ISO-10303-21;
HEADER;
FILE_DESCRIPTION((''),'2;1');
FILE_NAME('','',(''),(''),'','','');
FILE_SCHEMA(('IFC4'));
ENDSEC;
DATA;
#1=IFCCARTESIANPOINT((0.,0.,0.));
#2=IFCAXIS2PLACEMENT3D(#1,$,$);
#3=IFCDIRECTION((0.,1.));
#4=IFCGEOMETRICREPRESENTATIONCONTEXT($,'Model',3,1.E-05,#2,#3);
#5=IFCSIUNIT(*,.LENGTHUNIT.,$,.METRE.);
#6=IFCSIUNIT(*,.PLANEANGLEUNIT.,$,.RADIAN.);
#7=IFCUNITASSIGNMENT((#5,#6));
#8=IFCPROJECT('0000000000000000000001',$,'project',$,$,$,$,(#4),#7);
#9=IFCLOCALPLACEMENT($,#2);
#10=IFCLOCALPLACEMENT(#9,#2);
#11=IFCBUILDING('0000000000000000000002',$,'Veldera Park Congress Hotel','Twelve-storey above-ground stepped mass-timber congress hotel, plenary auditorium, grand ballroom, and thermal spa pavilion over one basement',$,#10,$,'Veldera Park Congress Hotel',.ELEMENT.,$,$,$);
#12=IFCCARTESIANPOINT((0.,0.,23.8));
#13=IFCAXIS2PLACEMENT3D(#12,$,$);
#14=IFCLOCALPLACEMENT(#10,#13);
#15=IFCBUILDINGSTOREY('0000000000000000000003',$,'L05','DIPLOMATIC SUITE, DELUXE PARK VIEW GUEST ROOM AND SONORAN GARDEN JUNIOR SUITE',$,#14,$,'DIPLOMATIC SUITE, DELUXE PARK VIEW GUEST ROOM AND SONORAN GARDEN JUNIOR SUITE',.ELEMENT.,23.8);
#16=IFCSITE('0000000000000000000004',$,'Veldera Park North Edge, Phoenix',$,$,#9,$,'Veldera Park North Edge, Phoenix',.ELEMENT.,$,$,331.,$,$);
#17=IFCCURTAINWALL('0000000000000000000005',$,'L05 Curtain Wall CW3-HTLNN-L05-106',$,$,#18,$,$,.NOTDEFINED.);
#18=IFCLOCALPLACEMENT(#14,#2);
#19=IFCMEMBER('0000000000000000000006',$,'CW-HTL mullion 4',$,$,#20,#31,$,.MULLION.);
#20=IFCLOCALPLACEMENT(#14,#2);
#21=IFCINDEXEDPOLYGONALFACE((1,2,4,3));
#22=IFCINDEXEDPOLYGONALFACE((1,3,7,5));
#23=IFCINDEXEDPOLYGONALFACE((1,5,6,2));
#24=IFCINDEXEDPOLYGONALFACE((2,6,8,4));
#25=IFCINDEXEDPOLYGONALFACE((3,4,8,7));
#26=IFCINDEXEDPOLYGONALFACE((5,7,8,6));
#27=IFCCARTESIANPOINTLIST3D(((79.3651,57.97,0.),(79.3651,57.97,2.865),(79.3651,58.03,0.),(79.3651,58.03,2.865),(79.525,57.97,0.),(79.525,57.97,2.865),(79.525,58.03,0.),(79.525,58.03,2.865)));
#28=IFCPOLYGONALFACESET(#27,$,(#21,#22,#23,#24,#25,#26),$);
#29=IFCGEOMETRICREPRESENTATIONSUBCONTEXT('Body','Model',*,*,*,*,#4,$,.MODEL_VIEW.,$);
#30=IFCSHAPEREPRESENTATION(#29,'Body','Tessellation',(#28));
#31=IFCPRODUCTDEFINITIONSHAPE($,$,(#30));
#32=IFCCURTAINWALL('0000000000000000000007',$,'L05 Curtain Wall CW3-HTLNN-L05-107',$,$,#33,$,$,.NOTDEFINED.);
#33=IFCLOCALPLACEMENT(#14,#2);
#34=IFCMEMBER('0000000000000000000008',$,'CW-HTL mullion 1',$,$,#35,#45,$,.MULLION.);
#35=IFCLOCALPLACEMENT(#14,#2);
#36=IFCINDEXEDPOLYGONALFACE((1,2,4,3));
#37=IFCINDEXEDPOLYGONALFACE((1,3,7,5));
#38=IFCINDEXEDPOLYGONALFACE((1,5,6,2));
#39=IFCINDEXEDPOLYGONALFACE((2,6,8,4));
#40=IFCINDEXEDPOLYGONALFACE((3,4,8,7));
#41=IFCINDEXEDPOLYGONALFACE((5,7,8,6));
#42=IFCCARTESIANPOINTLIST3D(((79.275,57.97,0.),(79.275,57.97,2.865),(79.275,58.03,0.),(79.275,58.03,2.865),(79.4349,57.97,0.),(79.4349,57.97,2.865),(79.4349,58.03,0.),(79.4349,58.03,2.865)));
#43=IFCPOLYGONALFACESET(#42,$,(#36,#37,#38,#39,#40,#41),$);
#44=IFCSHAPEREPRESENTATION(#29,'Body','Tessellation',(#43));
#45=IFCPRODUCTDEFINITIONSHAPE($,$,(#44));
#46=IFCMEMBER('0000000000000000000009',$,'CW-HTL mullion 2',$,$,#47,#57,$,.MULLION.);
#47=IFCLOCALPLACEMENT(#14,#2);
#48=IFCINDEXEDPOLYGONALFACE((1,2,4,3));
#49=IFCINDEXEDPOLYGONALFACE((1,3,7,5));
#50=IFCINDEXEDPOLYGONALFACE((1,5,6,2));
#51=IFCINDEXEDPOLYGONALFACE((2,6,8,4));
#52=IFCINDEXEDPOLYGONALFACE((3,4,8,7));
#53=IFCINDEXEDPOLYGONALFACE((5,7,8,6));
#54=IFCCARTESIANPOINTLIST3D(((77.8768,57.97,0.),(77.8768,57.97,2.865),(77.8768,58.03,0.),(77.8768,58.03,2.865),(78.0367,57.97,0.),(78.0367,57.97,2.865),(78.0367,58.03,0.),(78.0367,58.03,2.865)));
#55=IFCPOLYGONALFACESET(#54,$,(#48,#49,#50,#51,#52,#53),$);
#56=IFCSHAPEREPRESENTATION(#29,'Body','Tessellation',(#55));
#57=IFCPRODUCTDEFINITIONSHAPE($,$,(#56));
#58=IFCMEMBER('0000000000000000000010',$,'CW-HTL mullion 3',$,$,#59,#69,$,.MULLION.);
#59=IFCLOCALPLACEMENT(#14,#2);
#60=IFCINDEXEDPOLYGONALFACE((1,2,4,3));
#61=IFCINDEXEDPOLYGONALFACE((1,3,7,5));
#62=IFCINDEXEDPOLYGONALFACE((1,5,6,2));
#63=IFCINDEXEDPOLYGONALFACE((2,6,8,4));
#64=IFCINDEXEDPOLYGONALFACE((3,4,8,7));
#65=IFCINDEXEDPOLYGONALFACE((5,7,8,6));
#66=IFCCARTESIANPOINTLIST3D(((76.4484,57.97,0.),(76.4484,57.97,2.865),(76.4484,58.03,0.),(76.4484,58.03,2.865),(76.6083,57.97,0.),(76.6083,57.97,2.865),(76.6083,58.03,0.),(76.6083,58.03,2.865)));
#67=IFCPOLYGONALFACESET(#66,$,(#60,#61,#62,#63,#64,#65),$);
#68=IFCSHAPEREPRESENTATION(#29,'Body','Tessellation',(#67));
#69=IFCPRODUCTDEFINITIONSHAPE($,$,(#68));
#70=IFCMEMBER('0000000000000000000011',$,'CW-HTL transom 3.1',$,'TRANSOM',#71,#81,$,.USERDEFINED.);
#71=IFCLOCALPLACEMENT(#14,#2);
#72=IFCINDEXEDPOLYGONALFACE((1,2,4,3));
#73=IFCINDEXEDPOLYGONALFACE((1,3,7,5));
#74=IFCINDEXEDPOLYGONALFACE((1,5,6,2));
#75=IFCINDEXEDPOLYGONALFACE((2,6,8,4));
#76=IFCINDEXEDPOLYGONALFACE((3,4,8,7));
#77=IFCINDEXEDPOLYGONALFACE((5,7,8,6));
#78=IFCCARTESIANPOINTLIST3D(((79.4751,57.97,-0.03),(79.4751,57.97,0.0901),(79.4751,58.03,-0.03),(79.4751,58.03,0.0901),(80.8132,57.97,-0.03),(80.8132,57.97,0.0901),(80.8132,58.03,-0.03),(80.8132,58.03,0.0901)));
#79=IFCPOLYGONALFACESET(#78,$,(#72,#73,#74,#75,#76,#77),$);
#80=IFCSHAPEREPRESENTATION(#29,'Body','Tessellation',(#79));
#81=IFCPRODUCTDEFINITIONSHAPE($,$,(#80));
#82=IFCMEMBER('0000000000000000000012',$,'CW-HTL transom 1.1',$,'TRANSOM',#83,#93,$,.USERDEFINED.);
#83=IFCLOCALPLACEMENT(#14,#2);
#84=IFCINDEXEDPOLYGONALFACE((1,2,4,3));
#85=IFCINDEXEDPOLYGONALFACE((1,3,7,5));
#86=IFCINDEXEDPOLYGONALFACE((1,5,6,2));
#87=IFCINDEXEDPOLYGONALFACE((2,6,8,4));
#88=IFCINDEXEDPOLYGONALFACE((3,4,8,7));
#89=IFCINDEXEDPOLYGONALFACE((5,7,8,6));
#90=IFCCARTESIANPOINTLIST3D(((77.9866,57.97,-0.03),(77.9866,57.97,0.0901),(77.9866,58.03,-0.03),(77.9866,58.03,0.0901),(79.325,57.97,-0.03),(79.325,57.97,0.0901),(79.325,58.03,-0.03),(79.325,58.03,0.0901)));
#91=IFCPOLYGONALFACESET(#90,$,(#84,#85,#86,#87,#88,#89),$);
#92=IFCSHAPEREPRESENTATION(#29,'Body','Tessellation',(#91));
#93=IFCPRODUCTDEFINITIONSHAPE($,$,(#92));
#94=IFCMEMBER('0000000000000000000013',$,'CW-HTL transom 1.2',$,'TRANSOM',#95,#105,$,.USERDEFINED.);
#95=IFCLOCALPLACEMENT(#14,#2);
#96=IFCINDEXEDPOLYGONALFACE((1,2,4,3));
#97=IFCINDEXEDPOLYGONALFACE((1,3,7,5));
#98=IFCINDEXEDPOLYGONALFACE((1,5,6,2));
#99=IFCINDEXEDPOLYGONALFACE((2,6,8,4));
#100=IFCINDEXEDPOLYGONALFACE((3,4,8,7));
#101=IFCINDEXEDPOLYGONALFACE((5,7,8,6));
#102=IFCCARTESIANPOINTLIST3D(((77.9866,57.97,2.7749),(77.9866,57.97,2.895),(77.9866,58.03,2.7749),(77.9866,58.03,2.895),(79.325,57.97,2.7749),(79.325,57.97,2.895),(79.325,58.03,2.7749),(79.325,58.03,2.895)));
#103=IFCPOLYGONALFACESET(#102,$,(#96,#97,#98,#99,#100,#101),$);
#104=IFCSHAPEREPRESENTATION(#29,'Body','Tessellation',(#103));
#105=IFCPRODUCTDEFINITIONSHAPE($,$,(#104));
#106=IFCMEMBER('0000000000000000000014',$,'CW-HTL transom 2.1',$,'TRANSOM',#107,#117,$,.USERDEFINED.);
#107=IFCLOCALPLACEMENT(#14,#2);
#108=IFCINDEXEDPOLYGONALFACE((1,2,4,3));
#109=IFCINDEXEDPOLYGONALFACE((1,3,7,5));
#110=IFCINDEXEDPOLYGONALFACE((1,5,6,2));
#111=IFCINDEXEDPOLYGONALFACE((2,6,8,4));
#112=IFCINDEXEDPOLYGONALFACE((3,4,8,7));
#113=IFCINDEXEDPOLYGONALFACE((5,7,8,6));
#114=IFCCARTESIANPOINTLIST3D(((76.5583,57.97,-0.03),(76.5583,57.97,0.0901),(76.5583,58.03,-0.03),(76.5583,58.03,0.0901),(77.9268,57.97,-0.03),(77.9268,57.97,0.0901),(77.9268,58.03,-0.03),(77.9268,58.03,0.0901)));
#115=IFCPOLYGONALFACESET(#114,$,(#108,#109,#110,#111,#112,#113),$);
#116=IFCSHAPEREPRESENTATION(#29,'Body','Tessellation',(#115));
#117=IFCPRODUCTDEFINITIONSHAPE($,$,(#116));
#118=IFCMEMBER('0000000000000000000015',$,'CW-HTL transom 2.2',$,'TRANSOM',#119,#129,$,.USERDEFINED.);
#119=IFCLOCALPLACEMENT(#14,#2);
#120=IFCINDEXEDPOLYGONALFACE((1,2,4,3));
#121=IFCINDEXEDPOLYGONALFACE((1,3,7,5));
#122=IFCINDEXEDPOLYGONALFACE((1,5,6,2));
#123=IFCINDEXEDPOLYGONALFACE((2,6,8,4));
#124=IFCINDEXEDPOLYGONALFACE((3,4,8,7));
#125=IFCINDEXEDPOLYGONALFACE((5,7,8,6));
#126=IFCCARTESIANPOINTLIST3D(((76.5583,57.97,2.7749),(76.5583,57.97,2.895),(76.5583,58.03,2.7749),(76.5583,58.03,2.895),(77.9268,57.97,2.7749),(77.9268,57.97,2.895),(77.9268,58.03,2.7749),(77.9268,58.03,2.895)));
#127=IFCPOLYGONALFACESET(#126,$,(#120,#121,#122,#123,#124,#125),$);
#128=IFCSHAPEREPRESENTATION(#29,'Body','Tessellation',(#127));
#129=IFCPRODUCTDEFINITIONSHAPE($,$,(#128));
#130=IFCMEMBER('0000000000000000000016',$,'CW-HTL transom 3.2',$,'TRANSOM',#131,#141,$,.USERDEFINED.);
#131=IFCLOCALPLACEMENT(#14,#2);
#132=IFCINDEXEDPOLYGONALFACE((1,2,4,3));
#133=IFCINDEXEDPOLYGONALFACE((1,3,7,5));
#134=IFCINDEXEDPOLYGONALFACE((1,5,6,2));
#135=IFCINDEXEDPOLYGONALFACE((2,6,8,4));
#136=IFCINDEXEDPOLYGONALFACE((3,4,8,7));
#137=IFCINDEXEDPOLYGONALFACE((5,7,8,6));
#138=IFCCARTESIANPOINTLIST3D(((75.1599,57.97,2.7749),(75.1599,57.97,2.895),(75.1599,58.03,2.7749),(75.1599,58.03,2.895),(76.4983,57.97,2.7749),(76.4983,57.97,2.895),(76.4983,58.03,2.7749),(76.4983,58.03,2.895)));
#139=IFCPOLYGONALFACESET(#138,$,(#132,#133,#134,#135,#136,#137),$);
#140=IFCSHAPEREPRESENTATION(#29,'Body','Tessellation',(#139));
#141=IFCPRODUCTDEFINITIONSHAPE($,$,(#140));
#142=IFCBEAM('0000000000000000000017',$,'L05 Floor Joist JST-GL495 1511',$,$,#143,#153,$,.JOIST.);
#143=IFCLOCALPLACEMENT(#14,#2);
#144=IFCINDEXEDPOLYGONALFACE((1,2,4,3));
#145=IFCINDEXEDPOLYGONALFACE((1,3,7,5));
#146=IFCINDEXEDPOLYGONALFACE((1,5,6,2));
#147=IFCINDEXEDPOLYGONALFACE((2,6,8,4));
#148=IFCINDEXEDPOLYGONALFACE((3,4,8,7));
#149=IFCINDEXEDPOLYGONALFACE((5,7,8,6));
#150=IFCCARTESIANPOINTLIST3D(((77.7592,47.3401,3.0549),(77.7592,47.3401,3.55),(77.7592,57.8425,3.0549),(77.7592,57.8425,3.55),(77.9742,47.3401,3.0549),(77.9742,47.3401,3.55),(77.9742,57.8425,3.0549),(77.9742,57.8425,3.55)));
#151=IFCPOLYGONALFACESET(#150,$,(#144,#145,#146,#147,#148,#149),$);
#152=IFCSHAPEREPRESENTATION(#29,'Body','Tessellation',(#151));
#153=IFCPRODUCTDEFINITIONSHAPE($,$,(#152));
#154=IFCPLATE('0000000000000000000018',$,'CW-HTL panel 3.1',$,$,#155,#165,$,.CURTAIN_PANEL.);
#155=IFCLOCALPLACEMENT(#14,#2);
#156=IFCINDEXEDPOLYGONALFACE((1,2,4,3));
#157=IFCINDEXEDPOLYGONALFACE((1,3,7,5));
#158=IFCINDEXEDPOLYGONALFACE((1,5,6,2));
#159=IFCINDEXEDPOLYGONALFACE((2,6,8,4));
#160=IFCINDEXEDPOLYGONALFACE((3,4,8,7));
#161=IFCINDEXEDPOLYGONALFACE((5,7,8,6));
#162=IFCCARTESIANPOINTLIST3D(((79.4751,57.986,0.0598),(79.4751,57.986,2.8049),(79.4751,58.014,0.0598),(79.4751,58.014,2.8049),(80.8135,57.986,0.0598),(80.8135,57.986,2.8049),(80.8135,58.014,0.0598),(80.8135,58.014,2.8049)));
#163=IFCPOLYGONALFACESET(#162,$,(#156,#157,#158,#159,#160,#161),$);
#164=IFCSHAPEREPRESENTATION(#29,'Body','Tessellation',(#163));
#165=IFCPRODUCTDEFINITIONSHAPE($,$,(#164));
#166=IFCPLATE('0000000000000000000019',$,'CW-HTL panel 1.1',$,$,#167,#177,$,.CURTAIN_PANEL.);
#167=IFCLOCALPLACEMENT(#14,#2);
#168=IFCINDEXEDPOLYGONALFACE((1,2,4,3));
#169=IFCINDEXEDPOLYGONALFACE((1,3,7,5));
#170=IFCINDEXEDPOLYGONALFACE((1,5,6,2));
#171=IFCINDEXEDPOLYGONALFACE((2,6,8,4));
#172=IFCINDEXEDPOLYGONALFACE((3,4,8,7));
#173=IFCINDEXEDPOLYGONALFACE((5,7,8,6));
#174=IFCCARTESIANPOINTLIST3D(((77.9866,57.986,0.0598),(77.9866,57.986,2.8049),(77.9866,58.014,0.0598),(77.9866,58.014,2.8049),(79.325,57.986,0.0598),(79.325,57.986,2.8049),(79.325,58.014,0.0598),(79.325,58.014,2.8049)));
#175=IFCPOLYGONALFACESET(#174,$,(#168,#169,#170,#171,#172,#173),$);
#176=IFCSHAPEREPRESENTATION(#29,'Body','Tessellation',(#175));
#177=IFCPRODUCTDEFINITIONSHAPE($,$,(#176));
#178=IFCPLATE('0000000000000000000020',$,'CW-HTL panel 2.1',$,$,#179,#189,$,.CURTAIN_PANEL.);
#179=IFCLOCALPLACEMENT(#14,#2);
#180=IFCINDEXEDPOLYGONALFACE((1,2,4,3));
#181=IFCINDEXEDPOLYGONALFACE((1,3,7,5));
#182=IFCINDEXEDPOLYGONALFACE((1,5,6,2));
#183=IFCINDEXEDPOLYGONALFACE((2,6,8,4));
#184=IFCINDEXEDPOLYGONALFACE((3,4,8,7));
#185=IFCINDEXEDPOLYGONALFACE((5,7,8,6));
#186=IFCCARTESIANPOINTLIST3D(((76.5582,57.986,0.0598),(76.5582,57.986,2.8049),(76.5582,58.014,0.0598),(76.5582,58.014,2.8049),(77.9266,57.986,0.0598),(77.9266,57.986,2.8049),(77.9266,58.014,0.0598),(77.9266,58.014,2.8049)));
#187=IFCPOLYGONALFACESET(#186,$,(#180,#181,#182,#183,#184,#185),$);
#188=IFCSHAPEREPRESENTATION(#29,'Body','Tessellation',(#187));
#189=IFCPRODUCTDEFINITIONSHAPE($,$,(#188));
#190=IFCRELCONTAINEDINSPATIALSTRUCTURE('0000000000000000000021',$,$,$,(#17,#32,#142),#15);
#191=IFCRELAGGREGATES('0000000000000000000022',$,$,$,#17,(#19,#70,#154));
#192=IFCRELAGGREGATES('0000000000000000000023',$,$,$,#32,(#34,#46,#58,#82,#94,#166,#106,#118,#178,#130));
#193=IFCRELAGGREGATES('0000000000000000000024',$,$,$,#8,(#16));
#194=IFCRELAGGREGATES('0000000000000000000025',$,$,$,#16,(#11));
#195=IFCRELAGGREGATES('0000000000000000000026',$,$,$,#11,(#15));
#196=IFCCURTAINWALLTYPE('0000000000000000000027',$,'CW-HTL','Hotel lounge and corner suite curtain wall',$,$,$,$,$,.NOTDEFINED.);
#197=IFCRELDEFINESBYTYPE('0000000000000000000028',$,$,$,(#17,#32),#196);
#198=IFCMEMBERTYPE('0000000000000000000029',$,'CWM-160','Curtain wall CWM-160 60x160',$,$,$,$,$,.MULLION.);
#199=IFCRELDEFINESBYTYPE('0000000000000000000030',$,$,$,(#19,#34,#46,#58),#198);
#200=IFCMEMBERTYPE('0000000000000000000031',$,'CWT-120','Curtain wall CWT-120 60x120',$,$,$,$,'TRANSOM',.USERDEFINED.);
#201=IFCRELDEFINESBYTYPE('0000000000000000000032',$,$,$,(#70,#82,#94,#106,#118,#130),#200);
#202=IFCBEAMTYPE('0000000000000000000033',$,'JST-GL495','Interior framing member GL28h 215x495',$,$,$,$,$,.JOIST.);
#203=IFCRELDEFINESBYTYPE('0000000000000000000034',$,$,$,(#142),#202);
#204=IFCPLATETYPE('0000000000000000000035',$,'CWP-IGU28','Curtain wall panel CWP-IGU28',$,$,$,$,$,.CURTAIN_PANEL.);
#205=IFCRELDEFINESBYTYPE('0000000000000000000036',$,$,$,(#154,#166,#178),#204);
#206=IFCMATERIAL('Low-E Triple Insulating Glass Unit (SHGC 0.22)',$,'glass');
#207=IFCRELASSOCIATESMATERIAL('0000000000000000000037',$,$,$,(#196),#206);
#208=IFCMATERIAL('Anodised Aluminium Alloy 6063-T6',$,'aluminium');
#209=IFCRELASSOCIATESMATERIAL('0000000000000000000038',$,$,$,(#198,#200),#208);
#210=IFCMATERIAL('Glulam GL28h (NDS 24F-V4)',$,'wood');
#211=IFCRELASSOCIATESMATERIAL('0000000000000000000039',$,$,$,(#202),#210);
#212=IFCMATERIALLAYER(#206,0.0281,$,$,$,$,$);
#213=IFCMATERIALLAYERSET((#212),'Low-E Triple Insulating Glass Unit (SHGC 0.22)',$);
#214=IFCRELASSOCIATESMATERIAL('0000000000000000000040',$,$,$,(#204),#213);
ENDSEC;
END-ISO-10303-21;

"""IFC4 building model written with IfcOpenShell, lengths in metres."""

from ifc_helpers import new_model, si_unit, direction, frame, origin, origin_2d, place, context, subcontext, project, spatial, rectangle, extrude, material, layer, layer_set, material_profile, profile_set, type_object, element, aggregate, save


model = new_model("IFC4")

# Units and contexts
model_context = context("Model", 3, precision=1e-05, world=origin(), true_north=direction((0.0, 1.0)))
body_context = subcontext(model_context, "Body", "Model", "MODEL_VIEW")
ifc_project = project(units=[si_unit("LENGTHUNIT", "METRE"), si_unit("PLANEANGLEUNIT", "RADIAN")], contexts=[model_context])

# Site, building, storey
site_placement = place(None, origin())
site = spatial("IfcSite", under=ifc_project, at=site_placement, Name="Veldera Park North Edge, Phoenix", LongName="Veldera Park North Edge, Phoenix", CompositionType="ELEMENT", RefElevation=331.0)
building_placement = place(site_placement, origin())
building = spatial("IfcBuilding", under=site, at=building_placement, Name="Veldera Park Congress Hotel", Description="Twelve-storey above-ground stepped mass-timber congress hotel, plenary auditorium, grand ballroom, and thermal spa pavilion over one basement", LongName="Veldera Park Congress Hotel", CompositionType="ELEMENT")
storey_placement = place(building_placement, frame((0.0, 0.0, 23.8)))
storey = spatial("IfcBuildingStorey", under=building, at=storey_placement, Name="L05", Description="DIPLOMATIC SUITE, DELUXE PARK VIEW GUEST ROOM AND SONORAN GARDEN JUNIOR SUITE", LongName="DIPLOMATIC SUITE, DELUXE PARK VIEW GUEST ROOM AND SONORAN GARDEN JUNIOR SUITE", CompositionType="ELEMENT", Elevation=23.8)

# Curtain wall, member
ifc_material_1 = material(Name="Low-E Triple Insulating Glass Unit (SHGC 0.22)", Category="glass")
curtain_wall_type = type_object("IfcCurtainWallType", Name="CW-HTL", Description="Hotel lounge and corner suite curtain wall", PredefinedType="NOTDEFINED", material=ifc_material_1)
curtain_wall_1_placement = place(storey_placement, origin())
curtain_wall_1 = element("IfcCurtainWall", 1, at=curtain_wall_1_placement, inside=storey, type_object=curtain_wall_type, Name="L05 Curtain Wall CW3-HTLNN-L05-106", PredefinedType="NOTDEFINED")
ifc_material_2 = material(Name="Anodised Aluminium Alloy 6063-T6", Category="aluminium")
ifc_material_profile_1 = material_profile(ifc_material_2, rectangle(XDim=0.0601, YDim=0.1599, at=origin_2d()), Name="ALU 60x160")
ifc_profile_set_1 = profile_set([ifc_material_profile_1], Name="Anodised Aluminium Alloy 6063-T6")
member_type_1 = type_object("IfcMemberType", Name="CWM-160", Description="Curtain wall CWM-160 60x160", PredefinedType="MULLION", material=ifc_profile_set_1)
member_1_placement = place(storey_placement, frame((79.4451, 58.0, 0.0), z_axis=(0.0, 0.0, 1.0), x_axis=(0.0, -1.0, 0.0)))
member_1 = element("IfcMember", 2, at=member_1_placement, type_object=member_type_1, Name="CW-HTL mullion 4", PredefinedType="MULLION", context=body_context, shape_type="SweptSolid", body=[
    extrude(rectangle(XDim=0.0601, YDim=0.1599, at=origin_2d()), origin(), (0.0, 0.0, 1.0), 2.865),
])

# Curtain wall, members
curtain_wall_2_placement = place(storey_placement, origin())
curtain_wall_2 = element("IfcCurtainWall", 3, at=curtain_wall_2_placement, inside=storey, type_object=curtain_wall_type, Name="L05 Curtain Wall CW3-HTLNN-L05-107", PredefinedType="NOTDEFINED")
member_2_placement = place(storey_placement, frame((79.355, 58.0, 0.0), z_axis=(0.0, 0.0, 1.0), x_axis=(0.0, -1.0, 0.0)))
member_2 = element("IfcMember", 4, at=member_2_placement, type_object=member_type_1, Name="CW-HTL mullion 1", PredefinedType="MULLION", context=body_context, shape_type="SweptSolid", body=[
    extrude(rectangle(XDim=0.0601, YDim=0.1599, at=origin_2d()), origin(), (0.0, 0.0, 1.0), 2.865),
])
member_3_placement = place(storey_placement, frame((77.9568, 58.0, 0.0), z_axis=(0.0, 0.0, 1.0), x_axis=(0.0, -1.0, 0.0)))
member_3 = element("IfcMember", 5, at=member_3_placement, type_object=member_type_1, Name="CW-HTL mullion 2", PredefinedType="MULLION", context=body_context, shape_type="SweptSolid", body=[
    extrude(rectangle(XDim=0.0601, YDim=0.1599, at=origin_2d()), origin(), (0.0, 0.0, 1.0), 2.865),
])
member_4_placement = place(storey_placement, frame((76.5283, 58.0, 0.0), z_axis=(0.0, 0.0, 1.0), x_axis=(0.0, -1.0, 0.0)))
member_4 = element("IfcMember", 6, at=member_4_placement, type_object=member_type_1, Name="CW-HTL mullion 3", PredefinedType="MULLION", context=body_context, shape_type="SweptSolid", body=[
    extrude(rectangle(XDim=0.0601, YDim=0.1599, at=origin_2d()), origin(), (0.0, 0.0, 1.0), 2.865),
])

# Members
ifc_material_profile_2 = material_profile(ifc_material_2, rectangle(XDim=0.0601, YDim=0.1201, at=origin_2d()), Name="ALU 60x120")
ifc_profile_set_2 = profile_set([ifc_material_profile_2], Name="Anodised Aluminium Alloy 6063-T6")
member_type_2 = type_object("IfcMemberType", Name="CWT-120", Description="Curtain wall CWT-120 60x120", ElementType="TRANSOM", PredefinedType="USERDEFINED", material=ifc_profile_set_2)
member_5_placement = place(storey_placement, frame((80.8132, 58.0, 0.03), z_axis=(-1.0, 0.0, 0.0), x_axis=(0.0, -1.0, 0.0)))
member_5 = element("IfcMember", 7, at=member_5_placement, type_object=member_type_2, Name="CW-HTL transom 3.1", ObjectType="TRANSOM", PredefinedType="USERDEFINED", context=body_context, shape_type="SweptSolid", body=[
    extrude(rectangle(XDim=0.0601, YDim=0.1201, at=origin_2d()), origin(), (0.0, 0.0, 1.0), 1.3381),
])
member_6_placement = place(storey_placement, frame((79.325, 58.0, 0.03), z_axis=(-1.0, 0.0, 0.0), x_axis=(0.0, -1.0, 0.0)))
member_6 = element("IfcMember", 8, at=member_6_placement, type_object=member_type_2, Name="CW-HTL transom 1.1", ObjectType="TRANSOM", PredefinedType="USERDEFINED", context=body_context, shape_type="SweptSolid", body=[
    extrude(rectangle(XDim=0.0601, YDim=0.1201, at=origin_2d()), origin(), (0.0, 0.0, 1.0), 1.3384),
])
member_7_placement = place(storey_placement, frame((79.325, 58.0, 2.835), z_axis=(-1.0, 0.0, 0.0), x_axis=(0.0, -1.0, 0.0)))
member_7 = element("IfcMember", 9, at=member_7_placement, type_object=member_type_2, Name="CW-HTL transom 1.2", ObjectType="TRANSOM", PredefinedType="USERDEFINED", context=body_context, shape_type="SweptSolid", body=[
    extrude(rectangle(XDim=0.0601, YDim=0.1201, at=origin_2d()), origin(), (0.0, 0.0, 1.0), 1.3384),
])
member_8_placement = place(storey_placement, frame((77.9268, 58.0, 0.03), z_axis=(-1.0, 0.0, 0.0), x_axis=(0.0, -1.0, 0.0)))
member_8 = element("IfcMember", 10, at=member_8_placement, type_object=member_type_2, Name="CW-HTL transom 2.1", ObjectType="TRANSOM", PredefinedType="USERDEFINED", context=body_context, shape_type="SweptSolid", body=[
    extrude(rectangle(XDim=0.0601, YDim=0.1201, at=origin_2d()), origin(), (0.0, 0.0, 1.0), 1.3684),
])
member_9_placement = place(storey_placement, frame((77.9268, 58.0, 2.835), z_axis=(-1.0, 0.0, 0.0), x_axis=(0.0, -1.0, 0.0)))
member_9 = element("IfcMember", 11, at=member_9_placement, type_object=member_type_2, Name="CW-HTL transom 2.2", ObjectType="TRANSOM", PredefinedType="USERDEFINED", context=body_context, shape_type="SweptSolid", body=[
    extrude(rectangle(XDim=0.0601, YDim=0.1201, at=origin_2d()), origin(), (0.0, 0.0, 1.0), 1.3684),
])
member_10_placement = place(storey_placement, frame((76.4983, 58.0, 2.835), z_axis=(-1.0, 0.0, 0.0), x_axis=(0.0, -1.0, 0.0)))
member_10 = element("IfcMember", 12, at=member_10_placement, type_object=member_type_2, Name="CW-HTL transom 3.2", ObjectType="TRANSOM", PredefinedType="USERDEFINED", context=body_context, shape_type="SweptSolid", body=[
    extrude(rectangle(XDim=0.0601, YDim=0.1201, at=origin_2d()), origin(), (0.0, 0.0, 1.0), 1.3384),
])

# Beam
ifc_material_3 = material(Name="Glulam GL28h (NDS 24F-V4)", Category="wood")
ifc_material_profile_3 = material_profile(ifc_material_3, rectangle(XDim=0.2151, YDim=0.4951, at=origin_2d()), Name="GL28h 215x495")
ifc_profile_set_3 = profile_set([ifc_material_profile_3], Name="Glulam GL28h (NDS 24F-V4)")
beam_type = type_object("IfcBeamType", Name="JST-GL495", Description="Interior framing member GL28h 215x495", PredefinedType="JOIST", material=ifc_profile_set_3)
beam_placement = place(storey_placement, frame((77.8667, 47.3401, 3.3025), z_axis=(0.0, 1.0, 0.0), x_axis=(-1.0, 0.0, 0.0)))
element("IfcBeam", 13, at=beam_placement, inside=storey, type_object=beam_type, Name="L05 Floor Joist JST-GL495 1511", PredefinedType="JOIST", context=body_context, shape_type="SweptSolid", body=[
    extrude(rectangle(XDim=0.2151, YDim=0.4951, at=origin_2d()), origin(), (0.0, 0.0, 1.0), 10.5024),
])

# Plates
ifc_layer_1 = layer(ifc_material_1, 0.0281)
ifc_layer_set_1 = layer_set([ifc_layer_1], Name="Low-E Triple Insulating Glass Unit (SHGC 0.22)")
plate_type = type_object("IfcPlateType", Name="CWP-IGU28", Description="Curtain wall panel CWP-IGU28", PredefinedType="CURTAIN_PANEL", material=ifc_layer_set_1)
plate_1_placement = place(storey_placement, frame((80.1443, 58.0, 0.0598), z_axis=(0.0, 0.0, 1.0), x_axis=(-1.0, 0.0, 0.0)))
plate_1 = element("IfcPlate", 14, at=plate_1_placement, type_object=plate_type, Name="CW-HTL panel 3.1", PredefinedType="CURTAIN_PANEL", context=body_context, shape_type="SweptSolid", body=[
    extrude(rectangle(XDim=1.3384, YDim=0.0281, at=origin_2d()), origin(), (0.0, 0.0, 1.0), 2.7451),
])
aggregate(curtain_wall_1, [member_1, member_5, plate_1])
plate_2_placement = place(storey_placement, frame((78.6558, 58.0, 0.0598), z_axis=(0.0, 0.0, 1.0), x_axis=(-1.0, 0.0, 0.0)))
plate_2 = element("IfcPlate", 15, at=plate_2_placement, type_object=plate_type, Name="CW-HTL panel 1.1", PredefinedType="CURTAIN_PANEL", context=body_context, shape_type="SweptSolid", body=[
    extrude(rectangle(XDim=1.3384, YDim=0.0281, at=origin_2d()), origin(), (0.0, 0.0, 1.0), 2.7451),
])
plate_3_placement = place(storey_placement, frame((77.2424, 58.0, 0.0598), z_axis=(0.0, 0.0, 1.0), x_axis=(-1.0, 0.0, 0.0)))
plate_3 = element("IfcPlate", 16, at=plate_3_placement, type_object=plate_type, Name="CW-HTL panel 2.1", PredefinedType="CURTAIN_PANEL", context=body_context, shape_type="SweptSolid", body=[
    extrude(rectangle(XDim=1.3684, YDim=0.0281, at=origin_2d()), origin(), (0.0, 0.0, 1.0), 2.7451),
])
aggregate(curtain_wall_2, [member_2, member_3, member_4, member_6, member_7, plate_2, member_8, member_9, plate_3, member_10])

save(model, "model.ifc")
